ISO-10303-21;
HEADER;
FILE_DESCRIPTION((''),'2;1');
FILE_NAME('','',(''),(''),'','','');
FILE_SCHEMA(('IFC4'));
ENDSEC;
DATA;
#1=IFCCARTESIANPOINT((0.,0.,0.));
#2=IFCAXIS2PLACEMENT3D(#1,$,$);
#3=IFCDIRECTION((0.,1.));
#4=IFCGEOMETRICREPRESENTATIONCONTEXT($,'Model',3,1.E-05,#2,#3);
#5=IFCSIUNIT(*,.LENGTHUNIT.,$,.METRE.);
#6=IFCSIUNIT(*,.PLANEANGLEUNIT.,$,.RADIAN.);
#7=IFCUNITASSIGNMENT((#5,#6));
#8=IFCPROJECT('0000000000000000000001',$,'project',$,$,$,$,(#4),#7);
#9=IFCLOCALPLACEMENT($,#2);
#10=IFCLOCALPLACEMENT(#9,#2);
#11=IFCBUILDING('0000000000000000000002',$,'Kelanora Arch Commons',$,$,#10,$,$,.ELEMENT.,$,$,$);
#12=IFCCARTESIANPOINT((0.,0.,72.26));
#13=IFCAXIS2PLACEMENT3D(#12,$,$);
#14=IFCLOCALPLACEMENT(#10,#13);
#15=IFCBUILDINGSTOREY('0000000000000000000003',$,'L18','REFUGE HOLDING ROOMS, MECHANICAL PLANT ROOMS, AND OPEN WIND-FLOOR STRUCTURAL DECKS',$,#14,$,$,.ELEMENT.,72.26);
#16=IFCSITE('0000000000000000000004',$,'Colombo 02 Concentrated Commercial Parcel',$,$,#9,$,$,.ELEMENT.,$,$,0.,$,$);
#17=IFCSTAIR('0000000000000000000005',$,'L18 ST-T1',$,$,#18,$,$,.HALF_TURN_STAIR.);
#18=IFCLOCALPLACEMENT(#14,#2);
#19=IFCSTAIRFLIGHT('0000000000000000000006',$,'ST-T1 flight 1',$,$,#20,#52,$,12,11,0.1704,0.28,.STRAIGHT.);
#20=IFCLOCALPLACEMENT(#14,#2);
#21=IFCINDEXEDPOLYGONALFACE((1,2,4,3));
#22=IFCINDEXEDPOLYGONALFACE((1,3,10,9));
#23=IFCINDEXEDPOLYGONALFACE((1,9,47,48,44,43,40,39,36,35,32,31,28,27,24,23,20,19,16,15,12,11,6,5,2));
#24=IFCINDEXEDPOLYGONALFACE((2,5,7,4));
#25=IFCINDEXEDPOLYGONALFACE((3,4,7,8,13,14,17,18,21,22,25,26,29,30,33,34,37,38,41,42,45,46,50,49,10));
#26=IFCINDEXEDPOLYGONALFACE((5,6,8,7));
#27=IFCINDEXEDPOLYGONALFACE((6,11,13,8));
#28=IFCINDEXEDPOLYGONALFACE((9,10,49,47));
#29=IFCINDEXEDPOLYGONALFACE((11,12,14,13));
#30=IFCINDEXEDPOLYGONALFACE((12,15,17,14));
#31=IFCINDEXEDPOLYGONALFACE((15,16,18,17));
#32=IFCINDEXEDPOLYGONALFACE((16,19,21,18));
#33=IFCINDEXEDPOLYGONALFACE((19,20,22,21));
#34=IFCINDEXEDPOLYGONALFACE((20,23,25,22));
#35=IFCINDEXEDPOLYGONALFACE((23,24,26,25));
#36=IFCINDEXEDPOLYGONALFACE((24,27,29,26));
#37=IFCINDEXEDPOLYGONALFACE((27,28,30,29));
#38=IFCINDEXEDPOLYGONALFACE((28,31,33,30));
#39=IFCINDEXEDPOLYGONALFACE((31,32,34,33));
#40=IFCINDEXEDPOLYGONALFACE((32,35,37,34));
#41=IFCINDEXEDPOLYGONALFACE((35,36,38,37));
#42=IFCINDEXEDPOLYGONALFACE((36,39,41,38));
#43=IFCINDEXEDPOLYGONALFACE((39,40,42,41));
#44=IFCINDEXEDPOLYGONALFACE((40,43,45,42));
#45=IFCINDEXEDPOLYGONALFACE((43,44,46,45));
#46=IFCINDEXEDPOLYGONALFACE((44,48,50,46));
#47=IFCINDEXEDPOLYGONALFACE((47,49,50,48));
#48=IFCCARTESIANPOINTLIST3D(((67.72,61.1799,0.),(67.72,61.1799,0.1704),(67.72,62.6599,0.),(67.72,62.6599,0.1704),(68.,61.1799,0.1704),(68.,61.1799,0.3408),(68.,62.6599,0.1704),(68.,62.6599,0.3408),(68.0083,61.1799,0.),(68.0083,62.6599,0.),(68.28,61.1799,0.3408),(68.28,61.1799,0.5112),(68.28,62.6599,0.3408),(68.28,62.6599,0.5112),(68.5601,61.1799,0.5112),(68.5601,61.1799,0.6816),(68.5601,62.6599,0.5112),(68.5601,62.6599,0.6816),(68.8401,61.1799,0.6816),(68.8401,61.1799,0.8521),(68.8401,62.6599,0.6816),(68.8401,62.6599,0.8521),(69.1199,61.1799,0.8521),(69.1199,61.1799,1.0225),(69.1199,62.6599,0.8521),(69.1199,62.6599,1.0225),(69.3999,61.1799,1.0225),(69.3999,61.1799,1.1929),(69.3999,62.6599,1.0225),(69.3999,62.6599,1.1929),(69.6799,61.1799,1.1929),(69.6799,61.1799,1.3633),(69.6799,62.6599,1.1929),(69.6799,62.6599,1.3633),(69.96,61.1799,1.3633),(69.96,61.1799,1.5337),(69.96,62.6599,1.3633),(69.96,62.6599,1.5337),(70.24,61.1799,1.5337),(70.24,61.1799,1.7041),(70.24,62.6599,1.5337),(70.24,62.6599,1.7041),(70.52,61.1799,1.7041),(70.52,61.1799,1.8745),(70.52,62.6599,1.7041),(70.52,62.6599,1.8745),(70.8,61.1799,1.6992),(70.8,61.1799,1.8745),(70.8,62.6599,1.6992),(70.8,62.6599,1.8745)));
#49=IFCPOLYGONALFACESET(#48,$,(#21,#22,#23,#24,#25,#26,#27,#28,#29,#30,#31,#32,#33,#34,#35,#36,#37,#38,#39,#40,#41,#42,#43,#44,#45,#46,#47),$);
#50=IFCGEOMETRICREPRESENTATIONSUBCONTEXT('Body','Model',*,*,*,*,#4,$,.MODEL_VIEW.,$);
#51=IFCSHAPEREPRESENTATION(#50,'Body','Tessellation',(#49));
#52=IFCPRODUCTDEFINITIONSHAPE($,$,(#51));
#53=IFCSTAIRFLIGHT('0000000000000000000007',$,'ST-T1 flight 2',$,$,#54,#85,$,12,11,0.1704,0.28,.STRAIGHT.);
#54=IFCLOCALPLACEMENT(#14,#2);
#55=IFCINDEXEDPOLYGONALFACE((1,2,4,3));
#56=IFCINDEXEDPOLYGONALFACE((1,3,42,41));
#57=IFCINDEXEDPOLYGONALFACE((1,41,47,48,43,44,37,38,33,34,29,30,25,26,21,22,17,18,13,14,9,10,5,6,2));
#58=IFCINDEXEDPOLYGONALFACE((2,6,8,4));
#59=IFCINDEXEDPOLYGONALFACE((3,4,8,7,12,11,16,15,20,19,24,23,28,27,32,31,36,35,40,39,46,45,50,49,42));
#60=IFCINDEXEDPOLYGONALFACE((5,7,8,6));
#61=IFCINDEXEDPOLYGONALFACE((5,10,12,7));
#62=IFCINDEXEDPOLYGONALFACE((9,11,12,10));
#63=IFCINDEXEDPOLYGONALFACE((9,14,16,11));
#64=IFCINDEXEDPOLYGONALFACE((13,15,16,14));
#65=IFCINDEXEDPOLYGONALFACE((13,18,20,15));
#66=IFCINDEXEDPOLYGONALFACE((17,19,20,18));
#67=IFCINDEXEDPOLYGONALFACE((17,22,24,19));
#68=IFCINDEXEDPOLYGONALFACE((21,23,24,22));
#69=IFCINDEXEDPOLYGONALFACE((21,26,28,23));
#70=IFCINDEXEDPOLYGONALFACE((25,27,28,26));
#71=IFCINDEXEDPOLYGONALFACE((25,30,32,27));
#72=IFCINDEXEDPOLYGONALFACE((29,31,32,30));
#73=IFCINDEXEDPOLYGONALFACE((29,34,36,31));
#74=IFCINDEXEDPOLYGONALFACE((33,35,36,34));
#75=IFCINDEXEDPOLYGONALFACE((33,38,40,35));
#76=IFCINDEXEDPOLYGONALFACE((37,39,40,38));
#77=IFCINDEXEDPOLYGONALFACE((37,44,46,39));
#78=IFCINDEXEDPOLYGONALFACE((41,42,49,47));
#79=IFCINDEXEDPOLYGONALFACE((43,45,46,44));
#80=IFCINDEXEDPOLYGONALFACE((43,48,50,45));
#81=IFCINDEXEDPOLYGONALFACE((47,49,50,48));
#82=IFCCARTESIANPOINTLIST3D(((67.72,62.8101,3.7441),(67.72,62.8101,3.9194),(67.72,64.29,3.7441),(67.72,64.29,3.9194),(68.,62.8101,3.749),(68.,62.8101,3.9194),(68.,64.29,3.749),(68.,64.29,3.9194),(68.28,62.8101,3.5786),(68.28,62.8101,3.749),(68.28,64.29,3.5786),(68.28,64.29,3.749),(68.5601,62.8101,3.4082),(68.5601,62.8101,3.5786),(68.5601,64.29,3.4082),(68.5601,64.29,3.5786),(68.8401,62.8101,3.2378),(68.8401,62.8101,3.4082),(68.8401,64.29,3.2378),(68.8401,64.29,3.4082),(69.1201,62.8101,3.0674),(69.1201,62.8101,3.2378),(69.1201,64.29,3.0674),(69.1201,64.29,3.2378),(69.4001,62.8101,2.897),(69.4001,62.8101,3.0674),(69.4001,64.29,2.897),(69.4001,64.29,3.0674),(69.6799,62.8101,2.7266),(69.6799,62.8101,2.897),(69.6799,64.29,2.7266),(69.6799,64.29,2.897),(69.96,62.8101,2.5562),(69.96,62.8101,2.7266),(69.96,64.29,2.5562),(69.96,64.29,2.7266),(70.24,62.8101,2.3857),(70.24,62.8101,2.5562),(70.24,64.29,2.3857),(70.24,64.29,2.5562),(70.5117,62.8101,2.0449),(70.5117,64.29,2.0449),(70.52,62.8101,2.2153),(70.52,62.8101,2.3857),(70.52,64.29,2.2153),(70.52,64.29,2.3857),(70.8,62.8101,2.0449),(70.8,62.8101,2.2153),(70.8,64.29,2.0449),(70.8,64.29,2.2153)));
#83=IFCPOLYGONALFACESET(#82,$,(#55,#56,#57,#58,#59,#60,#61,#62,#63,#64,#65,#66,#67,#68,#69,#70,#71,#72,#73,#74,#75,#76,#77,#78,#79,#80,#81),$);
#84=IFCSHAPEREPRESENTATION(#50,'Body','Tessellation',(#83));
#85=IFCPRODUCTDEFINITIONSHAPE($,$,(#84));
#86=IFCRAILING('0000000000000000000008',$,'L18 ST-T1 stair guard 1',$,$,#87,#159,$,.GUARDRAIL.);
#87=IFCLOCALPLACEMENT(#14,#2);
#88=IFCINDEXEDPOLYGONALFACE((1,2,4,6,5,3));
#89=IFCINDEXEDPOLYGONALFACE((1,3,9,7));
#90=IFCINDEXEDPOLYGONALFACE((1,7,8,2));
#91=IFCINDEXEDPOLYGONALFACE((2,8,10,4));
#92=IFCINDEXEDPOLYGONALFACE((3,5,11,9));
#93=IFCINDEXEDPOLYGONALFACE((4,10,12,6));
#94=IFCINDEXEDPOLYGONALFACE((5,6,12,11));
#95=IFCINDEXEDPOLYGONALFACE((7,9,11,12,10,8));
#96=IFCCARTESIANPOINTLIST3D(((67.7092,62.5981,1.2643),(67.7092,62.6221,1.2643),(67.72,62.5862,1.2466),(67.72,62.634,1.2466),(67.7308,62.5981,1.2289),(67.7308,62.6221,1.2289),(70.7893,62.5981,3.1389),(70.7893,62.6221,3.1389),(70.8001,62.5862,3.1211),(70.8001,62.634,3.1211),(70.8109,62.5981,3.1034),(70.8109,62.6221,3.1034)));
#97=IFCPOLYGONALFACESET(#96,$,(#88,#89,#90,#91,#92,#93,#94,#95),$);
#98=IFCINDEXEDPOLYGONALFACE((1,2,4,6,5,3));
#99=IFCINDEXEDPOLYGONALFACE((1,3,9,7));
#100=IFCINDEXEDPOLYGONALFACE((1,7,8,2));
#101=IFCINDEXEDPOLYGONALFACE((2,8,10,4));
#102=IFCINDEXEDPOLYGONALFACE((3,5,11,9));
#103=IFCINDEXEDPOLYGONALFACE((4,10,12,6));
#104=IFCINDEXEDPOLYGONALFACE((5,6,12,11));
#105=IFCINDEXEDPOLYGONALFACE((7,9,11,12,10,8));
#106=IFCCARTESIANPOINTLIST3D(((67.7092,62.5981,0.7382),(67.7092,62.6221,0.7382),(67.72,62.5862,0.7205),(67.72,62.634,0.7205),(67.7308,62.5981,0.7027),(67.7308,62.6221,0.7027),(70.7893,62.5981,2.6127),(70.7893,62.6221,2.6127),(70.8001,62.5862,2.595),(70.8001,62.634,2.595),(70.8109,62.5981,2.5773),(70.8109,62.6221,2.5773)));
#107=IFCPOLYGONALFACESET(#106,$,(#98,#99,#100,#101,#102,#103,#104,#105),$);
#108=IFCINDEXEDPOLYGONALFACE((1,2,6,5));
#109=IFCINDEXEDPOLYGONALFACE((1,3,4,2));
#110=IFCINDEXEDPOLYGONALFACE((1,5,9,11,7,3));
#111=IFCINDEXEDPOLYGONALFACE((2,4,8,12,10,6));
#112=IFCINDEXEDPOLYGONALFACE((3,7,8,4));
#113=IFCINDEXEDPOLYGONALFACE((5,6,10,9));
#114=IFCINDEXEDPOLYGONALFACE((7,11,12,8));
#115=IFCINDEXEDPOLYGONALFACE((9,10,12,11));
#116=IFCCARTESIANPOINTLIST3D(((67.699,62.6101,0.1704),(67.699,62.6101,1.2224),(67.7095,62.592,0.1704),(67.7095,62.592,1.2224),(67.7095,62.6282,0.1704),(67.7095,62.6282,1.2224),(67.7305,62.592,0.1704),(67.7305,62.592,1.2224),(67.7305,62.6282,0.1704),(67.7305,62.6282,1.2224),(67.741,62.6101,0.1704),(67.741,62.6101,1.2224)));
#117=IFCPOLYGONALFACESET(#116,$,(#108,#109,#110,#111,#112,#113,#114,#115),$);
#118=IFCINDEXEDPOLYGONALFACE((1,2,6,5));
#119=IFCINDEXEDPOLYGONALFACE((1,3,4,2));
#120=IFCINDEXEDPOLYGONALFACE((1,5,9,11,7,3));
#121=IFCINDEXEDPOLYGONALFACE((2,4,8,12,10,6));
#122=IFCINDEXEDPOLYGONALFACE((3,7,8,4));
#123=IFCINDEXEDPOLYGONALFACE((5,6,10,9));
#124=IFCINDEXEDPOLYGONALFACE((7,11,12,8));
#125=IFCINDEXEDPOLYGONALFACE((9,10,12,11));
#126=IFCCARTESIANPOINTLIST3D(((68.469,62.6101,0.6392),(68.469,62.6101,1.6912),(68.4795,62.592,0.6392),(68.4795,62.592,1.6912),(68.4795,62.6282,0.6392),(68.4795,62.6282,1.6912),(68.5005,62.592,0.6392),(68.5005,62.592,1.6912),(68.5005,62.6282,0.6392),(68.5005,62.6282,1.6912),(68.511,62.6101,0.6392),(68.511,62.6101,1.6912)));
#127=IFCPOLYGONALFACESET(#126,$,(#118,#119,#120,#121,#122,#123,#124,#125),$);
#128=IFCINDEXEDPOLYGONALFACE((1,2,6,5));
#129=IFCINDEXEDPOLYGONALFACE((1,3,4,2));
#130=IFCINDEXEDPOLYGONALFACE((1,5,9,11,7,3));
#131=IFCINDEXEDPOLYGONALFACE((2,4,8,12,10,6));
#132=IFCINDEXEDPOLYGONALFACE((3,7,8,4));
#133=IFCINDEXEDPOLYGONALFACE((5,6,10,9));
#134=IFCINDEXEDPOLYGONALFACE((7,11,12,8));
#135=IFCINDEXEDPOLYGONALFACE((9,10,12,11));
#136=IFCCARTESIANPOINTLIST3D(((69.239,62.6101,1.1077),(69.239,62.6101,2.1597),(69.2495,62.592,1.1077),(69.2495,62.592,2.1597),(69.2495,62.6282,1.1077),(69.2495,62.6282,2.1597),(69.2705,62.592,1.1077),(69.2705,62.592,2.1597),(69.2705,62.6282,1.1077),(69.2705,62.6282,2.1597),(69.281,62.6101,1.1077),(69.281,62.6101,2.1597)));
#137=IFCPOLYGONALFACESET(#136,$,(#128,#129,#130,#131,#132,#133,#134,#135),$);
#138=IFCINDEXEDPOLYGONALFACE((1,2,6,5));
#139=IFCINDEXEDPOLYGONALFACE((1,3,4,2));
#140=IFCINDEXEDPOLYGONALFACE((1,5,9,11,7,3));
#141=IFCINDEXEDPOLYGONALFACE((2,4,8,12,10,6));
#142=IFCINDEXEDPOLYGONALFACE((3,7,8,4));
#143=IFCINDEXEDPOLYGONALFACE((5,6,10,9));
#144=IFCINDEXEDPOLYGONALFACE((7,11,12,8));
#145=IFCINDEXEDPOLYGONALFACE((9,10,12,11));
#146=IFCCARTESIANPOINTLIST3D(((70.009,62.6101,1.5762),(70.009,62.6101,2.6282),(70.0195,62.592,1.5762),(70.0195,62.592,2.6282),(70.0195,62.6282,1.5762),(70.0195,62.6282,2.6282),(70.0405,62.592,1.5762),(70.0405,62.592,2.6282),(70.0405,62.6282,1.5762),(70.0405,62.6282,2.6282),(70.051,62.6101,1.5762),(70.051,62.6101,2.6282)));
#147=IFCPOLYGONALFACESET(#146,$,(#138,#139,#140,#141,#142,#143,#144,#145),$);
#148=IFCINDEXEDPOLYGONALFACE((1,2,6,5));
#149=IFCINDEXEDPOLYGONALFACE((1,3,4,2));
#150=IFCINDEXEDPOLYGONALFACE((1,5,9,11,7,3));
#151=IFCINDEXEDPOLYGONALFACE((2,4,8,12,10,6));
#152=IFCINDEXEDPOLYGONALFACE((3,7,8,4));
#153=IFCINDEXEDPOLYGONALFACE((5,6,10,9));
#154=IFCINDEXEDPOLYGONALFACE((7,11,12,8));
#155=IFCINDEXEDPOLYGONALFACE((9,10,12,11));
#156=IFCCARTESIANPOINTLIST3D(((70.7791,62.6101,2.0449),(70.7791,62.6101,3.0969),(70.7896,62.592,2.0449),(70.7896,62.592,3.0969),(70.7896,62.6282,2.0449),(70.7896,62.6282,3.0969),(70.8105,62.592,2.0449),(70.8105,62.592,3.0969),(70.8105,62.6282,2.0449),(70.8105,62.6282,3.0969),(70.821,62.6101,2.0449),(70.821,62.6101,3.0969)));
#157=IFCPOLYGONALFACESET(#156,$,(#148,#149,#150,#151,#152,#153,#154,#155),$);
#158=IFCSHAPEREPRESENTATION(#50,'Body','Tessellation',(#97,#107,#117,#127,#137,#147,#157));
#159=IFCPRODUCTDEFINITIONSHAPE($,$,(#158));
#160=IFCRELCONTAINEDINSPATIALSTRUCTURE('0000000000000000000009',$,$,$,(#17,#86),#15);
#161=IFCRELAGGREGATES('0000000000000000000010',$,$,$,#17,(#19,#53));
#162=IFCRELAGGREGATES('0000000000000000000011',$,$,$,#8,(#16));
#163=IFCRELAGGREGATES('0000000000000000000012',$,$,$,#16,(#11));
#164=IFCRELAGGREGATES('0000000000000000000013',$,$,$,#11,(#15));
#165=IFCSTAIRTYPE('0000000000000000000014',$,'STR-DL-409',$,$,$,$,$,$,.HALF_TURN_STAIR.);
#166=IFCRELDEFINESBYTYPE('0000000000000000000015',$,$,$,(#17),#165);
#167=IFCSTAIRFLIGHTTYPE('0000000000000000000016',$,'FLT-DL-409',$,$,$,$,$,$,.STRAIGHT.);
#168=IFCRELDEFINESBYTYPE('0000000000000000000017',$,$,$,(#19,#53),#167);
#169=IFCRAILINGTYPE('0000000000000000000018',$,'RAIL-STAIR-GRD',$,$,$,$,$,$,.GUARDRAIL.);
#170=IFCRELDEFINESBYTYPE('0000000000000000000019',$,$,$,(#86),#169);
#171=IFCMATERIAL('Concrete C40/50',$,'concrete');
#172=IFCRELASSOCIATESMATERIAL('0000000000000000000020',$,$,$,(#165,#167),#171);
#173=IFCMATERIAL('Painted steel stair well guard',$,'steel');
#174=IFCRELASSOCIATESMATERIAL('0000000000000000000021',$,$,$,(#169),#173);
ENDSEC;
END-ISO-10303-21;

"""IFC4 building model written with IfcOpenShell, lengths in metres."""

from ifc_helpers import new_model, si_unit, direction, frame, origin, place, context, subcontext, project, spatial, polyline, outline, extrude, material, type_object, element, aggregate, save


model = new_model("IFC4")

# Units and contexts
model_context = context("Model", 3, precision=1e-05, world=origin(), true_north=direction((0.0, 1.0)))
body_context = subcontext(model_context, "Body", "Model", "MODEL_VIEW")
ifc_project = project(units=[si_unit("LENGTHUNIT", "METRE"), si_unit("PLANEANGLEUNIT", "RADIAN")], contexts=[model_context])

# Site, building, storey
site_placement = place(None, origin())
site = spatial("IfcSite", under=ifc_project, at=site_placement, Name="Colombo 02 Concentrated Commercial Parcel", CompositionType="ELEMENT", RefElevation=0.0)
building_placement = place(site_placement, origin())
building = spatial("IfcBuilding", under=site, at=building_placement, Name="Kelanora Arch Commons", CompositionType="ELEMENT")
storey_placement = place(building_placement, frame((0.0, 0.0, 72.26)))
storey = spatial("IfcBuildingStorey", under=building, at=storey_placement, Name="L18", Description="REFUGE HOLDING ROOMS, MECHANICAL PLANT ROOMS, AND OPEN WIND-FLOOR STRUCTURAL DECKS", CompositionType="ELEMENT", Elevation=72.26)

# Shared definitions
ifc_material_1 = material(Name="Concrete C40/50", Category="concrete")

# Stair, stair flights
stair_type = type_object("IfcStairType", Name="STR-DL-409", PredefinedType="HALF_TURN_STAIR", material=ifc_material_1)
stair_placement = place(storey_placement, origin())
stair = element("IfcStair", 1, at=stair_placement, inside=storey, type_object=stair_type, Name="L18 ST-T1", PredefinedType="HALF_TURN_STAIR")
stair_flight_type = type_object("IfcStairFlightType", Name="FLT-DL-409", PredefinedType="STRAIGHT", material=ifc_material_1)
stair_flight_1_placement = place(storey_placement, frame((67.72, 61.9199, 0.0), z_axis=(0.0, 0.0, 1.0), x_axis=(1.0, 0.0, 0.0)))
stair_flight_1 = element("IfcStairFlight", 2, at=stair_flight_1_placement, type_object=stair_flight_type, Name="ST-T1 flight 1", NumberOfRisers=12, NumberOfTreads=11, PredefinedType="STRAIGHT", RiserHeight=0.1704, TreadLength=0.28, context=body_context, shape_type="SweptSolid", body=[
    extrude(outline(polyline([(0.0, 0.0), (0.0, 0.1704), (0.28, 0.1704), (0.28, 0.3408), (0.5601, 0.3408), (0.5601, 0.5112), (0.8401, 0.5112), (0.8401, 0.6816), (1.1201, 0.6816), (1.1201, 0.8521), (1.3999, 0.8521), (1.3999, 1.0225), (1.6799, 1.0225), (1.6799, 1.1929), (1.96, 1.1929), (1.96, 1.3633), (2.24, 1.3633), (2.24, 1.5337), (2.52, 1.5337), (2.52, 1.7041), (2.8, 1.7041), (2.8, 1.8745), (3.0801, 1.8745), (3.0801, 2.0449), (3.0801, 1.6992), (0.2883, 0.0), (0.0, 0.0)])), frame((0.0, 0.74, 0.0), z_axis=(0.0, -1.0, 0.0), x_axis=(1.0, 0.0, 0.0)), (0.0, 0.0, 1.0), 1.48),
])
stair_flight_2_placement = place(storey_placement, frame((70.8, 63.55, 2.0449), z_axis=(0.0, 0.0, 1.0), x_axis=(-1.0, 0.0, 0.0)))
stair_flight_2 = element("IfcStairFlight", 3, at=stair_flight_2_placement, type_object=stair_flight_type, Name="ST-T1 flight 2", NumberOfRisers=12, NumberOfTreads=11, PredefinedType="STRAIGHT", RiserHeight=0.1704, TreadLength=0.28, context=body_context, shape_type="SweptSolid", body=[
    extrude(outline(polyline([(0.0, 0.0), (0.0, 0.1704), (0.28, 0.1704), (0.28, 0.3408), (0.5601, 0.3408), (0.5601, 0.5112), (0.8401, 0.5112), (0.8401, 0.6816), (1.1201, 0.6816), (1.1201, 0.8521), (1.3999, 0.8521), (1.3999, 1.0225), (1.6799, 1.0225), (1.6799, 1.1929), (1.96, 1.1929), (1.96, 1.3633), (2.24, 1.3633), (2.24, 1.5337), (2.52, 1.5337), (2.52, 1.7041), (2.8, 1.7041), (2.8, 1.8745), (3.0801, 1.8745), (3.0801, 2.0449), (3.0801, 1.6992), (0.2883, 0.0), (0.0, 0.0)])), frame((0.0, 0.74, 0.0), z_axis=(0.0, -1.0, 0.0), x_axis=(1.0, 0.0, 0.0)), (0.0, 0.0, 1.0), 1.48),
])
aggregate(stair, [stair_flight_1, stair_flight_2])

# Railing
ifc_material_2 = material(Name="Painted steel stair well guard", Category="steel")
railing_type_1 = type_object("IfcRailingType", Name="RAIL-STAIR-GRD", PredefinedType="GUARDRAIL", material=ifc_material_2)
railing_1_placement = place(storey_placement, frame((67.72, 62.6101, 0.1704)))
element("IfcRailing", 4, at=railing_1_placement, inside=storey, type_object=railing_type_1, Name="L18 ST-T1 stair guard 1", PredefinedType="GUARDRAIL", context=body_context, shape_type="SweptSolid", body=[
    extrude(outline(polyline([(0.0239, 0.0), (0.012, 0.0208), (-0.012, 0.0208), (-0.0239, 0.0), (-0.012, -0.0208), (0.012, -0.0208), (0.0239, 0.0)])), frame((0.0, 0.0, 1.0762), z_axis=(0.854238, 0.0, 0.519883), x_axis=(0.0, 1.0, 0.0)), (0.0, 0.0, 1.0), 3.6057),
    extrude(outline(polyline([(0.0239, 0.0), (0.012, 0.0208), (-0.012, 0.0208), (-0.0239, 0.0), (-0.012, -0.0208), (0.012, -0.0208), (0.0239, 0.0)])), frame((0.0, 0.0, 0.55), z_axis=(0.854238, 0.0, 0.519883), x_axis=(0.0, 1.0, 0.0)), (0.0, 0.0, 1.0), 3.6057),
    extrude(outline(polyline([(0.021, 0.0), (0.0105, 0.0181), (-0.0105, 0.0181), (-0.021, 0.0), (-0.0105, -0.0181), (0.0105, -0.0181), (0.021, 0.0)])), origin(), (0.0, 0.0, 1.0), 1.052),
    extrude(outline(polyline([(0.021, 0.0), (0.0105, 0.0181), (-0.0105, 0.0181), (-0.021, 0.0), (-0.0105, -0.0181), (0.0105, -0.0181), (0.021, 0.0)])), frame((0.77, 0.0, 0.4688)), (0.0, 0.0, 1.0), 1.052),
    extrude(outline(polyline([(0.021, 0.0), (0.0105, 0.0181), (-0.0105, 0.0181), (-0.021, 0.0), (-0.0105, -0.0181), (0.0105, -0.0181), (0.021, 0.0)])), frame((1.54, 0.0, 0.9373)), (0.0, 0.0, 1.0), 1.052),
    extrude(outline(polyline([(0.021, 0.0), (0.0105, 0.0181), (-0.0105, 0.0181), (-0.021, 0.0), (-0.0105, -0.0181), (0.0105, -0.0181), (0.021, 0.0)])), frame((2.3101, 0.0, 1.4058)), (0.0, 0.0, 1.0), 1.052),
    extrude(outline(polyline([(0.021, 0.0), (0.0105, 0.0181), (-0.0105, 0.0181), (-0.021, 0.0), (-0.0105, -0.0181), (0.0105, -0.0181), (0.021, 0.0)])), frame((3.0801, 0.0, 1.8745)), (0.0, 0.0, 1.0), 1.052),
])

save(model, "model.ifc")
